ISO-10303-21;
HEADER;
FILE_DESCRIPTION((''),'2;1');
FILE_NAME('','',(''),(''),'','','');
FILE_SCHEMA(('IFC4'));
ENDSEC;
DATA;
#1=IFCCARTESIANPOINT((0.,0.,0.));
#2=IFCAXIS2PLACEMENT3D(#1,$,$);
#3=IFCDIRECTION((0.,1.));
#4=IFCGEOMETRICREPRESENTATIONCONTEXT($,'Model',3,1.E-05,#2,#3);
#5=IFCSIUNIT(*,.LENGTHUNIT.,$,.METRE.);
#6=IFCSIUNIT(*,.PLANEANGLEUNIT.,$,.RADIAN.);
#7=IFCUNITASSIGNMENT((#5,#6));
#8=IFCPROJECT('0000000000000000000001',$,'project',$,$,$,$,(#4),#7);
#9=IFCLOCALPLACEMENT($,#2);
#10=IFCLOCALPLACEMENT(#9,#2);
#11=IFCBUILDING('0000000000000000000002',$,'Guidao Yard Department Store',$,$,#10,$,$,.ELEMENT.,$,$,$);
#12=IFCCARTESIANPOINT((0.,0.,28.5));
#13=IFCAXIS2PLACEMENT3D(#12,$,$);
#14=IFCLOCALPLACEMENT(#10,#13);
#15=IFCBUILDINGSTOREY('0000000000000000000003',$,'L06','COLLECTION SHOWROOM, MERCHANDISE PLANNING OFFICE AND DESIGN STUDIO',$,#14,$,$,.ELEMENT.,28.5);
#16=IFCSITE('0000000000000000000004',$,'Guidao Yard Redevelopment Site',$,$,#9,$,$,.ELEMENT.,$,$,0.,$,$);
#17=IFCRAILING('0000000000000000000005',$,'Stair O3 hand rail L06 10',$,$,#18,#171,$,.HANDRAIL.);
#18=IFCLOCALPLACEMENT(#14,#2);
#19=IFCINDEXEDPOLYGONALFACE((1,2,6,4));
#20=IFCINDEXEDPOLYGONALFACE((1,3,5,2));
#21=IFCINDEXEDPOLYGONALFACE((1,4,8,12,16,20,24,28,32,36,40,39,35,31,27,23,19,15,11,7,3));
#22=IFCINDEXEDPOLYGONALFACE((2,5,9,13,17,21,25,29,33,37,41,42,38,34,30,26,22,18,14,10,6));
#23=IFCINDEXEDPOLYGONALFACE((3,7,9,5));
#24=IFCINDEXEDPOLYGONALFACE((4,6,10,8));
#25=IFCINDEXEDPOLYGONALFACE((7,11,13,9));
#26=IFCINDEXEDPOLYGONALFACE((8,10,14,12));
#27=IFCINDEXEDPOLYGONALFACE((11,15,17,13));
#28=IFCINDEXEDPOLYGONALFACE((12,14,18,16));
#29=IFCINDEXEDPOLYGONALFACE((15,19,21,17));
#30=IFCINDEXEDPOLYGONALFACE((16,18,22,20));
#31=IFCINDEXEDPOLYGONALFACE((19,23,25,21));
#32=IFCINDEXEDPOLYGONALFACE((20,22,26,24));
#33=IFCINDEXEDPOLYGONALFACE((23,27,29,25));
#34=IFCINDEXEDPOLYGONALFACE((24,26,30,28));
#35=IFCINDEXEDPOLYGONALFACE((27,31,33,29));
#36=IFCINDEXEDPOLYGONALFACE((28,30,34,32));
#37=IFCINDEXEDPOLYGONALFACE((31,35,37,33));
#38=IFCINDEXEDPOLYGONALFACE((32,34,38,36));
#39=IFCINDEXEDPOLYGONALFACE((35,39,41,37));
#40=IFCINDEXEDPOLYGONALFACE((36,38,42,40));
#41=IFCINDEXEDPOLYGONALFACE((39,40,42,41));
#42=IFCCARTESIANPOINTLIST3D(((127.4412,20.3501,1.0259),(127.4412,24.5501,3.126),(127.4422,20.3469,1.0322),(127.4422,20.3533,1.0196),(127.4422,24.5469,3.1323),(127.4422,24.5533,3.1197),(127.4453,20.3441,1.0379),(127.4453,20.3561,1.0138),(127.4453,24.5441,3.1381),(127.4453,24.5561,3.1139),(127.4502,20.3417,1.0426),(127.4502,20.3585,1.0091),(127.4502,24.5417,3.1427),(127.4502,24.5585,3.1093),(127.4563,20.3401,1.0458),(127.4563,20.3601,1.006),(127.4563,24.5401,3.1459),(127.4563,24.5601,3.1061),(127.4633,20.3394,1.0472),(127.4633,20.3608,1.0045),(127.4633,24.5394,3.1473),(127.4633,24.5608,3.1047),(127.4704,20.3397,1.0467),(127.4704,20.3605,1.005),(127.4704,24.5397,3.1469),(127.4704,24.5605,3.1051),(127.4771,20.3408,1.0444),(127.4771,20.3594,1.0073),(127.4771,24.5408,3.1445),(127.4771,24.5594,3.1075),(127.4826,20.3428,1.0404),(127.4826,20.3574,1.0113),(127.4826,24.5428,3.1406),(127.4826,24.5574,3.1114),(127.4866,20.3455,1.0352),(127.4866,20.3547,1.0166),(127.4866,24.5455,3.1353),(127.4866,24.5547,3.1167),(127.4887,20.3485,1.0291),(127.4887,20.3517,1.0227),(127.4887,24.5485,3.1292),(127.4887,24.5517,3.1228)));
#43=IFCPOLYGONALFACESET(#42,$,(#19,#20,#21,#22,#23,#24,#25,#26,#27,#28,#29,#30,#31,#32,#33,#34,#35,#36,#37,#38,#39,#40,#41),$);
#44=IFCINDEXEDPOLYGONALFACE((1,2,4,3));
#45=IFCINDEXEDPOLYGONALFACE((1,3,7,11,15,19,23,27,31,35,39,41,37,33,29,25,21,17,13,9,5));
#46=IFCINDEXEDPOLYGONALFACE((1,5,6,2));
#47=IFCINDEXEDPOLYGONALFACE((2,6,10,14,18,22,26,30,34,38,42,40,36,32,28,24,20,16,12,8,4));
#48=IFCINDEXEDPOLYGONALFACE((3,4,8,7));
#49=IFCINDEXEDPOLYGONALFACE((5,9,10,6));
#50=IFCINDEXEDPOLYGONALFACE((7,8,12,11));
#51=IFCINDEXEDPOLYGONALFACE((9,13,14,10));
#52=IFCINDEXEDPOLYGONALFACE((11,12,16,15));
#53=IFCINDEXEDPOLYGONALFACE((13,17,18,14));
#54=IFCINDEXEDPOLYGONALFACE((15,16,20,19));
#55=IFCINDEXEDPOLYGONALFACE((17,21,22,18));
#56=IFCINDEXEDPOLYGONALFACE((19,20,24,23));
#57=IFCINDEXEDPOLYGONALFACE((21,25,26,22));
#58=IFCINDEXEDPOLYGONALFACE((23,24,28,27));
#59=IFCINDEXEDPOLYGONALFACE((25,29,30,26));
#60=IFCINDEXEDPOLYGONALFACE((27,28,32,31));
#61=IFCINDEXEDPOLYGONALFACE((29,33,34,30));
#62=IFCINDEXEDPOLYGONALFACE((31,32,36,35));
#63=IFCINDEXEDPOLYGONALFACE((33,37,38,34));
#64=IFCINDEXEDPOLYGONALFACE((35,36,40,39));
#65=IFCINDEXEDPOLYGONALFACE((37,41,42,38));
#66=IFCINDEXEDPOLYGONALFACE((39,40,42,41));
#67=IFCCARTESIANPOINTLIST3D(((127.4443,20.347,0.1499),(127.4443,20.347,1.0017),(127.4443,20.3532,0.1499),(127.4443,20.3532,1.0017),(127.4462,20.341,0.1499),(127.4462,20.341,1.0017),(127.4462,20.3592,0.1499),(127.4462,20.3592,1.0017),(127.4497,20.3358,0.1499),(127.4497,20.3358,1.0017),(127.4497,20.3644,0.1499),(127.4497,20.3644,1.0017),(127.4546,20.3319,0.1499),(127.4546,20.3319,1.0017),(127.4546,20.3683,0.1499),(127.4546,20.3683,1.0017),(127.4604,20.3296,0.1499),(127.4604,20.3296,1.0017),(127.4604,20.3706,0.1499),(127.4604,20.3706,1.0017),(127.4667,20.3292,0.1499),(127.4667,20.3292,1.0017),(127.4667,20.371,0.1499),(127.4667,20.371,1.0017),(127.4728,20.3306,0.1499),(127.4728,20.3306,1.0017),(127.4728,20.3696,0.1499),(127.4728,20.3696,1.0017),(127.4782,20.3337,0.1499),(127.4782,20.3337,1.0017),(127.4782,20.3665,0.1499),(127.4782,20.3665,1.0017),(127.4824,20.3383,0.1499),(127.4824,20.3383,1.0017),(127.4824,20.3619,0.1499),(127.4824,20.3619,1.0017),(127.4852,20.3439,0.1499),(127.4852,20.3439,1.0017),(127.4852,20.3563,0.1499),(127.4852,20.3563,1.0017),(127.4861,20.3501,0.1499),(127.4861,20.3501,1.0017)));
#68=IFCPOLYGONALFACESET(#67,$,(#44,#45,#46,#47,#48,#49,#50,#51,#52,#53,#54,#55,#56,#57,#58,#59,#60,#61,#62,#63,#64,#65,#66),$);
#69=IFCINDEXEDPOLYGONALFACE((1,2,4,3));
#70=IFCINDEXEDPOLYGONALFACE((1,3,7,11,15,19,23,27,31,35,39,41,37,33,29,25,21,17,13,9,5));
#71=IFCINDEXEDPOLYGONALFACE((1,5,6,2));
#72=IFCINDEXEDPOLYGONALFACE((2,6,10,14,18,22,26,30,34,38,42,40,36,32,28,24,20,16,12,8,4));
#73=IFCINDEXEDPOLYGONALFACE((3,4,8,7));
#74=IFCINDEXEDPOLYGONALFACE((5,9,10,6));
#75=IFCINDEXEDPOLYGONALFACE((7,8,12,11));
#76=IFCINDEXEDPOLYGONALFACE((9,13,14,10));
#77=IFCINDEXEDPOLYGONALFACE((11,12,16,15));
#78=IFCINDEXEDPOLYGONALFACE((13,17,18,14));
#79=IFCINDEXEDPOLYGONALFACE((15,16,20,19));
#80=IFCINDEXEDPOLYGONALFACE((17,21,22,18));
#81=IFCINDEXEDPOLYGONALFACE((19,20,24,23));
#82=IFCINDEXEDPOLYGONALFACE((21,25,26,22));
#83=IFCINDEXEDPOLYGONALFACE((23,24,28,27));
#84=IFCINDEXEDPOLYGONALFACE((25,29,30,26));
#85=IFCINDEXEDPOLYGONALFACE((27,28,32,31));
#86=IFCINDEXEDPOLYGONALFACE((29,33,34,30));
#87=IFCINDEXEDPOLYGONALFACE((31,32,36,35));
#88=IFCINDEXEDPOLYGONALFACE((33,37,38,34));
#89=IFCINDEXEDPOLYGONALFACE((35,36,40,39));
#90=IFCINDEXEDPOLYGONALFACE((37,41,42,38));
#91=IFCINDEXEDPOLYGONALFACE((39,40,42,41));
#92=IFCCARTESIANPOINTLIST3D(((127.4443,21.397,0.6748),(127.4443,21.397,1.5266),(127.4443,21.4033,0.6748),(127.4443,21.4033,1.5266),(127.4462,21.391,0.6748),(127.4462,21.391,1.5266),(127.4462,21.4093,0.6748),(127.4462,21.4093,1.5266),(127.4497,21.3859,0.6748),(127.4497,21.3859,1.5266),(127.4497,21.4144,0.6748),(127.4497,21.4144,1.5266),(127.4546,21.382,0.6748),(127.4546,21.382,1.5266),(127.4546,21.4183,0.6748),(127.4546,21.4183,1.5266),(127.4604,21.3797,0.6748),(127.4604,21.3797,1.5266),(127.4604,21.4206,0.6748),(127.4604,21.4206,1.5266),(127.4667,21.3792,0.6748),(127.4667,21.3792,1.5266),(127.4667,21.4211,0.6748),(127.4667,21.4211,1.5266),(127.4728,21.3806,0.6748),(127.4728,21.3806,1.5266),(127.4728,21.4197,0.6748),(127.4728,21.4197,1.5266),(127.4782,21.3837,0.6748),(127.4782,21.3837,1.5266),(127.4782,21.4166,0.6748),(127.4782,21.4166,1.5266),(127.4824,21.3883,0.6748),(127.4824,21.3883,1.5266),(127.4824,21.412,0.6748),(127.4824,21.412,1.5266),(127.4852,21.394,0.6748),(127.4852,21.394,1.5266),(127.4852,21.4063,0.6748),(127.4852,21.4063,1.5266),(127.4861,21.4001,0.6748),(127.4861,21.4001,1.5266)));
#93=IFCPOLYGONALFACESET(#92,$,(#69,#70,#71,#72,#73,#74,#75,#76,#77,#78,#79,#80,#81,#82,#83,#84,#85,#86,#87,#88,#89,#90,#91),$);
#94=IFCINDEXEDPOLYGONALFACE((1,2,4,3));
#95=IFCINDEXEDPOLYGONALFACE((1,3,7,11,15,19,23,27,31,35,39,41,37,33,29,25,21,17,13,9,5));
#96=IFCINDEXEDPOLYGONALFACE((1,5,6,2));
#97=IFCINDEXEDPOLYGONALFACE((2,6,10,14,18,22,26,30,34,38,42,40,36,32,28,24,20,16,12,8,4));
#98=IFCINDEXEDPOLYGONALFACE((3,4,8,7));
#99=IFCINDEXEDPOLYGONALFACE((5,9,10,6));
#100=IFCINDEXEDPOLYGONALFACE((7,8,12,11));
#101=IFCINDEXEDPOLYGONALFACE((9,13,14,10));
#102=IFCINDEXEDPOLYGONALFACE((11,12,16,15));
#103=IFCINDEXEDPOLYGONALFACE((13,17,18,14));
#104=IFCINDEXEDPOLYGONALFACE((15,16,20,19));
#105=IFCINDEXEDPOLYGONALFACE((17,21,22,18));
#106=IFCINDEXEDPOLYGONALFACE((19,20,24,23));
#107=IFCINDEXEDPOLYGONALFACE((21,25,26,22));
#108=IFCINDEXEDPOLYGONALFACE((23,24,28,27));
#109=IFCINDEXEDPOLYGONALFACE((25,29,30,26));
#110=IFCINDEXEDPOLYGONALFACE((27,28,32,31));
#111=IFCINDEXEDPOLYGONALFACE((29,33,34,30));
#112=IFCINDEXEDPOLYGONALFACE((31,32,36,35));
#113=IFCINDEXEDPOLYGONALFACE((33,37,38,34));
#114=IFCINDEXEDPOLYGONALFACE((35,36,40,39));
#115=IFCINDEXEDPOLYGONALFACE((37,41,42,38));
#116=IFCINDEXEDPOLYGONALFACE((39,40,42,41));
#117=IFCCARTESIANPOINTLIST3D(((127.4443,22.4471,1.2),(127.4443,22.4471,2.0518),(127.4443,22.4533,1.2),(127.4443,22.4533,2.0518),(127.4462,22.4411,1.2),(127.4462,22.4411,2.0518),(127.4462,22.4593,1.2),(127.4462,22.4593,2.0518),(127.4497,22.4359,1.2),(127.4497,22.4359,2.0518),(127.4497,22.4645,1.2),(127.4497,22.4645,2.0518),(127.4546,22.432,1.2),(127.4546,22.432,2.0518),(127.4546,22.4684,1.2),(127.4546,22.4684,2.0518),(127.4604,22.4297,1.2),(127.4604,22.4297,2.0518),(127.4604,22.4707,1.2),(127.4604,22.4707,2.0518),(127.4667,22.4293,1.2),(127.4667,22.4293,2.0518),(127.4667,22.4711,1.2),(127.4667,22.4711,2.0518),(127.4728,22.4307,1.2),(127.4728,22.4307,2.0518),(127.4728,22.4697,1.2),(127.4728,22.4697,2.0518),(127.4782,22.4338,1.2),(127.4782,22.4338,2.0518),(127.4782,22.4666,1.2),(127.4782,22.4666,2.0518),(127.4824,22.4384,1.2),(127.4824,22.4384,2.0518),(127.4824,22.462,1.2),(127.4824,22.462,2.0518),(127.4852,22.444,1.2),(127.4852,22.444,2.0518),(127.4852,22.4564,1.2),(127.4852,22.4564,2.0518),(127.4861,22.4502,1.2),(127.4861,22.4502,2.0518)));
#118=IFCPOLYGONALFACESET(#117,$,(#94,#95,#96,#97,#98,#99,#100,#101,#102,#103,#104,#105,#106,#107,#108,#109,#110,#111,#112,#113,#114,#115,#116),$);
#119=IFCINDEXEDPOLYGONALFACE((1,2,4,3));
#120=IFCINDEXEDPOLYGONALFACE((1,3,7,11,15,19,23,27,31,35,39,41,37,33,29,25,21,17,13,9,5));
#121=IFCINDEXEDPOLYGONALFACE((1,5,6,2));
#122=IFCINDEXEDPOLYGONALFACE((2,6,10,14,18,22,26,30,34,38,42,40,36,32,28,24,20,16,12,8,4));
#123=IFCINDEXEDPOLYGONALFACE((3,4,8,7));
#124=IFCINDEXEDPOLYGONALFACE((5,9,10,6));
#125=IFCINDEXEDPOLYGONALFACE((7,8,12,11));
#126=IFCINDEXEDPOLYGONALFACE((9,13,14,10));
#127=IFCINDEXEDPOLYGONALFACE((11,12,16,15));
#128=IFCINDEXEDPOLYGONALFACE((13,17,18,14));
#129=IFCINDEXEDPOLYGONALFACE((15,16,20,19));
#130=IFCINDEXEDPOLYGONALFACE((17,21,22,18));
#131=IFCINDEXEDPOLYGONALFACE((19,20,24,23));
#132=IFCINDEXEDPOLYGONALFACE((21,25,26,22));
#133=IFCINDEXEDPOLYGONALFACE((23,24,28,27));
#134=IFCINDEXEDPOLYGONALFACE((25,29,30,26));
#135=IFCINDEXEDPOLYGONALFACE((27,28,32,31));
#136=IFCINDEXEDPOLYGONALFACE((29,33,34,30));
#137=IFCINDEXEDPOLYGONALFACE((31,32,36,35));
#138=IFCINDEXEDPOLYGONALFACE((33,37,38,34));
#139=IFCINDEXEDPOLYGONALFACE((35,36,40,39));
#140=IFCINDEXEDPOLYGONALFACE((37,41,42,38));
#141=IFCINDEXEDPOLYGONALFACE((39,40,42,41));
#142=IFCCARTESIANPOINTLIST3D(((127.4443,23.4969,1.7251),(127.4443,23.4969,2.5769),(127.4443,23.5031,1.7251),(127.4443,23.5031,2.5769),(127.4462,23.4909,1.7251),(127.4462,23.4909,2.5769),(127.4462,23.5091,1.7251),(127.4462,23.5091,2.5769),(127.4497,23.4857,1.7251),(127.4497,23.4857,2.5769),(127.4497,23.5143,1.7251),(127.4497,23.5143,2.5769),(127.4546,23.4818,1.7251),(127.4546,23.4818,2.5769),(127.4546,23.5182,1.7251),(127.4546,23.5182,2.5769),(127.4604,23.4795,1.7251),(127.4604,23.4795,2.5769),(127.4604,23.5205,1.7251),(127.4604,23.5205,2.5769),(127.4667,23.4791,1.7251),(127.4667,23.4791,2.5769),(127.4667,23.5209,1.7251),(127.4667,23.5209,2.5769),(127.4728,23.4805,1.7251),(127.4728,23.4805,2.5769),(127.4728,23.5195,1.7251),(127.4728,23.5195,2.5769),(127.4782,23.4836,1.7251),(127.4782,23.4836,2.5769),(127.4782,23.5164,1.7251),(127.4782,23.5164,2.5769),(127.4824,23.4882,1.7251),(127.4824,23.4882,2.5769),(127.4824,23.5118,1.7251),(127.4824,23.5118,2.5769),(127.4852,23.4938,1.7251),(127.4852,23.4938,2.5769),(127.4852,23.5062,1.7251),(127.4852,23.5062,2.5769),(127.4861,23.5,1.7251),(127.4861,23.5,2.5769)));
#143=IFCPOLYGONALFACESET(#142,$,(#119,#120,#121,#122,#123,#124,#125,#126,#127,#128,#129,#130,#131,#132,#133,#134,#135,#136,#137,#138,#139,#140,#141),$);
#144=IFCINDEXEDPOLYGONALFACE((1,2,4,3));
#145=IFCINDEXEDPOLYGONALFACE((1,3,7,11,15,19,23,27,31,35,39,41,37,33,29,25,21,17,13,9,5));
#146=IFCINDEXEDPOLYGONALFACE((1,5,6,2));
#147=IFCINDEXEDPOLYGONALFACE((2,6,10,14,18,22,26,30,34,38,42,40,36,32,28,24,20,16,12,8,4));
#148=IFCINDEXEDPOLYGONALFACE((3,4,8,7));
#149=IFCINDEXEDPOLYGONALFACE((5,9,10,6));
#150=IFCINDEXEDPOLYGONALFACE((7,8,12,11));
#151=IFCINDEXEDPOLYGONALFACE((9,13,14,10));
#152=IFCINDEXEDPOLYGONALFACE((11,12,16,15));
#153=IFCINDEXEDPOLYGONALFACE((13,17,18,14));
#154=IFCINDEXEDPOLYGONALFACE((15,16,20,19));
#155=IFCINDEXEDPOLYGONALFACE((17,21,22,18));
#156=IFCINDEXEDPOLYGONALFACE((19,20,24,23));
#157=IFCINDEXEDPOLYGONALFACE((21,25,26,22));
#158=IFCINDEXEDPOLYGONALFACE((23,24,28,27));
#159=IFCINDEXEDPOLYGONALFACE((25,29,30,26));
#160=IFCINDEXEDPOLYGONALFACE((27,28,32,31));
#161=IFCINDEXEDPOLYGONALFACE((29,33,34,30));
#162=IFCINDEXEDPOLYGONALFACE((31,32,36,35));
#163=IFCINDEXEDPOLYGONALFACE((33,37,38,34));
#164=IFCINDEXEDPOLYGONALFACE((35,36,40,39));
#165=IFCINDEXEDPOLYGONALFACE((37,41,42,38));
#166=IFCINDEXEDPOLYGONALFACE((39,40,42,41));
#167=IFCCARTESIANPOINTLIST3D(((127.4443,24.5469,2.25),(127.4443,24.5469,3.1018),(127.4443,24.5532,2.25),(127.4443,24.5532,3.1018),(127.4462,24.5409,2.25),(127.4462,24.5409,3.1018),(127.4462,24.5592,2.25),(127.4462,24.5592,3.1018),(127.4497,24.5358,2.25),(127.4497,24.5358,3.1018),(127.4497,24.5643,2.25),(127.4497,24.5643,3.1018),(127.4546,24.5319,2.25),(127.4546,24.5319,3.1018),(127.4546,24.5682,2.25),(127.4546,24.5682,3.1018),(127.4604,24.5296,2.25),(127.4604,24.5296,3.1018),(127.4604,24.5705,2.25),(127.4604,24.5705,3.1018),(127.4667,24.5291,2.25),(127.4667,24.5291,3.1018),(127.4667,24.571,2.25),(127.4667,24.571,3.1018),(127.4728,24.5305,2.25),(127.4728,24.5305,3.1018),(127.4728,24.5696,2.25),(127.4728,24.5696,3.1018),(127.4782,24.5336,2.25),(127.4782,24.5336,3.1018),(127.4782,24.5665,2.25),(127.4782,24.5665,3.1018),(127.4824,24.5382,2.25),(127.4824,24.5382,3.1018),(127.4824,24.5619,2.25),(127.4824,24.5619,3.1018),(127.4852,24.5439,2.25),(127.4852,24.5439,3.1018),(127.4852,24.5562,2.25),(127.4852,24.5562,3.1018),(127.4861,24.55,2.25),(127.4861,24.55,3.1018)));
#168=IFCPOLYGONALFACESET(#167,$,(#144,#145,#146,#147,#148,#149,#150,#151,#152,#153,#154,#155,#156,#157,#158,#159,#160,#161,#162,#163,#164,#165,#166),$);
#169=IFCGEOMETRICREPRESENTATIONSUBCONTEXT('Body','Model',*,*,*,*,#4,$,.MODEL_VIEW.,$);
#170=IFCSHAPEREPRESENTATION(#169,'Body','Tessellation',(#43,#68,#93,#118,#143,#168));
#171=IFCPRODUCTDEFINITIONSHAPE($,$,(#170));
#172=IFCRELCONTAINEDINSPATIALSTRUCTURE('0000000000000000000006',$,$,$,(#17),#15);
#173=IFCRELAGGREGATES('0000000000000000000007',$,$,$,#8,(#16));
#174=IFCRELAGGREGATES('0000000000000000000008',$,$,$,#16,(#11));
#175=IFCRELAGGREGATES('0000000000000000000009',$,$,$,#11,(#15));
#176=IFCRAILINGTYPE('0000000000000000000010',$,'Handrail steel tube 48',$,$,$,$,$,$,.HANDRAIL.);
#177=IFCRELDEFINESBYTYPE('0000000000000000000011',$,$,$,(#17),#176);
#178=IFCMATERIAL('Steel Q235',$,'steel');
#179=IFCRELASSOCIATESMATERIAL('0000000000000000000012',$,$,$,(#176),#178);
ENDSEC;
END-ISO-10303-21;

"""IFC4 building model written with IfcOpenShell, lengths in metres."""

from ifc_helpers import new_model, si_unit, direction, frame, origin, origin_2d, place, context, subcontext, project, spatial, circle, extrude, material, type_object, element, save


model = new_model("IFC4")

# Units and contexts
model_context = context("Model", 3, precision=1e-05, world=origin(), true_north=direction((0.0, 1.0)))
body_context = subcontext(model_context, "Body", "Model", "MODEL_VIEW")
ifc_project = project(units=[si_unit("LENGTHUNIT", "METRE"), si_unit("PLANEANGLEUNIT", "RADIAN")], contexts=[model_context])

# Site, building, storey
site_placement = place(None, origin())
site = spatial("IfcSite", under=ifc_project, at=site_placement, Name="Guidao Yard Redevelopment Site", CompositionType="ELEMENT", RefElevation=0.0)
building_placement = place(site_placement, origin())
building = spatial("IfcBuilding", under=site, at=building_placement, Name="Guidao Yard Department Store", CompositionType="ELEMENT")
storey_placement = place(building_placement, frame((0.0, 0.0, 28.5)))
storey = spatial("IfcBuildingStorey", under=building, at=storey_placement, Name="L06", Description="COLLECTION SHOWROOM, MERCHANDISE PLANNING OFFICE AND DESIGN STUDIO", CompositionType="ELEMENT", Elevation=28.5)

# Railing
ifc_material_1 = material(Name="Steel Q235", Category="steel")
railing_type_1 = type_object("IfcRailingType", Name="Handrail steel tube 48", PredefinedType="HANDRAIL", material=ifc_material_1)
for number, where, name in (
    (1, (127.4651, 20.3501, 0.1499), "Stair O3 hand rail L06 10"),
):
    element("IfcRailing", number, at=place(storey_placement, frame(where)), inside=storey, type_object=railing_type_1, Name=name, PredefinedType="HANDRAIL", context=body_context, shape_type="SweptSolid", body=[
        extrude(circle(Radius=0.0239, at=origin_2d()), frame((0.0, 0.0, 0.876), z_axis=(0.0, 0.894417, 0.447234), x_axis=(-1.0, 0.0, 0.0)), (0.0, 0.0, 1.0), 4.6958),
        extrude(circle(Radius=0.021, at=origin_2d()), origin(), (0.0, 0.0, 1.0), 0.8518),
        extrude(circle(Radius=0.021, at=origin_2d()), frame((0.0, 1.05, 0.5249)), (0.0, 0.0, 1.0), 0.8518),
        extrude(circle(Radius=0.021, at=origin_2d()), frame((0.0, 2.1001, 1.05)), (0.0, 0.0, 1.0), 0.8518),
        extrude(circle(Radius=0.021, at=origin_2d()), frame((0.0, 3.1499, 1.5752)), (0.0, 0.0, 1.0), 0.8518),
        extrude(circle(Radius=0.021, at=origin_2d()), frame((0.0, 4.2, 2.1001)), (0.0, 0.0, 1.0), 0.8518),
    ])

save(model, "model.ifc")
